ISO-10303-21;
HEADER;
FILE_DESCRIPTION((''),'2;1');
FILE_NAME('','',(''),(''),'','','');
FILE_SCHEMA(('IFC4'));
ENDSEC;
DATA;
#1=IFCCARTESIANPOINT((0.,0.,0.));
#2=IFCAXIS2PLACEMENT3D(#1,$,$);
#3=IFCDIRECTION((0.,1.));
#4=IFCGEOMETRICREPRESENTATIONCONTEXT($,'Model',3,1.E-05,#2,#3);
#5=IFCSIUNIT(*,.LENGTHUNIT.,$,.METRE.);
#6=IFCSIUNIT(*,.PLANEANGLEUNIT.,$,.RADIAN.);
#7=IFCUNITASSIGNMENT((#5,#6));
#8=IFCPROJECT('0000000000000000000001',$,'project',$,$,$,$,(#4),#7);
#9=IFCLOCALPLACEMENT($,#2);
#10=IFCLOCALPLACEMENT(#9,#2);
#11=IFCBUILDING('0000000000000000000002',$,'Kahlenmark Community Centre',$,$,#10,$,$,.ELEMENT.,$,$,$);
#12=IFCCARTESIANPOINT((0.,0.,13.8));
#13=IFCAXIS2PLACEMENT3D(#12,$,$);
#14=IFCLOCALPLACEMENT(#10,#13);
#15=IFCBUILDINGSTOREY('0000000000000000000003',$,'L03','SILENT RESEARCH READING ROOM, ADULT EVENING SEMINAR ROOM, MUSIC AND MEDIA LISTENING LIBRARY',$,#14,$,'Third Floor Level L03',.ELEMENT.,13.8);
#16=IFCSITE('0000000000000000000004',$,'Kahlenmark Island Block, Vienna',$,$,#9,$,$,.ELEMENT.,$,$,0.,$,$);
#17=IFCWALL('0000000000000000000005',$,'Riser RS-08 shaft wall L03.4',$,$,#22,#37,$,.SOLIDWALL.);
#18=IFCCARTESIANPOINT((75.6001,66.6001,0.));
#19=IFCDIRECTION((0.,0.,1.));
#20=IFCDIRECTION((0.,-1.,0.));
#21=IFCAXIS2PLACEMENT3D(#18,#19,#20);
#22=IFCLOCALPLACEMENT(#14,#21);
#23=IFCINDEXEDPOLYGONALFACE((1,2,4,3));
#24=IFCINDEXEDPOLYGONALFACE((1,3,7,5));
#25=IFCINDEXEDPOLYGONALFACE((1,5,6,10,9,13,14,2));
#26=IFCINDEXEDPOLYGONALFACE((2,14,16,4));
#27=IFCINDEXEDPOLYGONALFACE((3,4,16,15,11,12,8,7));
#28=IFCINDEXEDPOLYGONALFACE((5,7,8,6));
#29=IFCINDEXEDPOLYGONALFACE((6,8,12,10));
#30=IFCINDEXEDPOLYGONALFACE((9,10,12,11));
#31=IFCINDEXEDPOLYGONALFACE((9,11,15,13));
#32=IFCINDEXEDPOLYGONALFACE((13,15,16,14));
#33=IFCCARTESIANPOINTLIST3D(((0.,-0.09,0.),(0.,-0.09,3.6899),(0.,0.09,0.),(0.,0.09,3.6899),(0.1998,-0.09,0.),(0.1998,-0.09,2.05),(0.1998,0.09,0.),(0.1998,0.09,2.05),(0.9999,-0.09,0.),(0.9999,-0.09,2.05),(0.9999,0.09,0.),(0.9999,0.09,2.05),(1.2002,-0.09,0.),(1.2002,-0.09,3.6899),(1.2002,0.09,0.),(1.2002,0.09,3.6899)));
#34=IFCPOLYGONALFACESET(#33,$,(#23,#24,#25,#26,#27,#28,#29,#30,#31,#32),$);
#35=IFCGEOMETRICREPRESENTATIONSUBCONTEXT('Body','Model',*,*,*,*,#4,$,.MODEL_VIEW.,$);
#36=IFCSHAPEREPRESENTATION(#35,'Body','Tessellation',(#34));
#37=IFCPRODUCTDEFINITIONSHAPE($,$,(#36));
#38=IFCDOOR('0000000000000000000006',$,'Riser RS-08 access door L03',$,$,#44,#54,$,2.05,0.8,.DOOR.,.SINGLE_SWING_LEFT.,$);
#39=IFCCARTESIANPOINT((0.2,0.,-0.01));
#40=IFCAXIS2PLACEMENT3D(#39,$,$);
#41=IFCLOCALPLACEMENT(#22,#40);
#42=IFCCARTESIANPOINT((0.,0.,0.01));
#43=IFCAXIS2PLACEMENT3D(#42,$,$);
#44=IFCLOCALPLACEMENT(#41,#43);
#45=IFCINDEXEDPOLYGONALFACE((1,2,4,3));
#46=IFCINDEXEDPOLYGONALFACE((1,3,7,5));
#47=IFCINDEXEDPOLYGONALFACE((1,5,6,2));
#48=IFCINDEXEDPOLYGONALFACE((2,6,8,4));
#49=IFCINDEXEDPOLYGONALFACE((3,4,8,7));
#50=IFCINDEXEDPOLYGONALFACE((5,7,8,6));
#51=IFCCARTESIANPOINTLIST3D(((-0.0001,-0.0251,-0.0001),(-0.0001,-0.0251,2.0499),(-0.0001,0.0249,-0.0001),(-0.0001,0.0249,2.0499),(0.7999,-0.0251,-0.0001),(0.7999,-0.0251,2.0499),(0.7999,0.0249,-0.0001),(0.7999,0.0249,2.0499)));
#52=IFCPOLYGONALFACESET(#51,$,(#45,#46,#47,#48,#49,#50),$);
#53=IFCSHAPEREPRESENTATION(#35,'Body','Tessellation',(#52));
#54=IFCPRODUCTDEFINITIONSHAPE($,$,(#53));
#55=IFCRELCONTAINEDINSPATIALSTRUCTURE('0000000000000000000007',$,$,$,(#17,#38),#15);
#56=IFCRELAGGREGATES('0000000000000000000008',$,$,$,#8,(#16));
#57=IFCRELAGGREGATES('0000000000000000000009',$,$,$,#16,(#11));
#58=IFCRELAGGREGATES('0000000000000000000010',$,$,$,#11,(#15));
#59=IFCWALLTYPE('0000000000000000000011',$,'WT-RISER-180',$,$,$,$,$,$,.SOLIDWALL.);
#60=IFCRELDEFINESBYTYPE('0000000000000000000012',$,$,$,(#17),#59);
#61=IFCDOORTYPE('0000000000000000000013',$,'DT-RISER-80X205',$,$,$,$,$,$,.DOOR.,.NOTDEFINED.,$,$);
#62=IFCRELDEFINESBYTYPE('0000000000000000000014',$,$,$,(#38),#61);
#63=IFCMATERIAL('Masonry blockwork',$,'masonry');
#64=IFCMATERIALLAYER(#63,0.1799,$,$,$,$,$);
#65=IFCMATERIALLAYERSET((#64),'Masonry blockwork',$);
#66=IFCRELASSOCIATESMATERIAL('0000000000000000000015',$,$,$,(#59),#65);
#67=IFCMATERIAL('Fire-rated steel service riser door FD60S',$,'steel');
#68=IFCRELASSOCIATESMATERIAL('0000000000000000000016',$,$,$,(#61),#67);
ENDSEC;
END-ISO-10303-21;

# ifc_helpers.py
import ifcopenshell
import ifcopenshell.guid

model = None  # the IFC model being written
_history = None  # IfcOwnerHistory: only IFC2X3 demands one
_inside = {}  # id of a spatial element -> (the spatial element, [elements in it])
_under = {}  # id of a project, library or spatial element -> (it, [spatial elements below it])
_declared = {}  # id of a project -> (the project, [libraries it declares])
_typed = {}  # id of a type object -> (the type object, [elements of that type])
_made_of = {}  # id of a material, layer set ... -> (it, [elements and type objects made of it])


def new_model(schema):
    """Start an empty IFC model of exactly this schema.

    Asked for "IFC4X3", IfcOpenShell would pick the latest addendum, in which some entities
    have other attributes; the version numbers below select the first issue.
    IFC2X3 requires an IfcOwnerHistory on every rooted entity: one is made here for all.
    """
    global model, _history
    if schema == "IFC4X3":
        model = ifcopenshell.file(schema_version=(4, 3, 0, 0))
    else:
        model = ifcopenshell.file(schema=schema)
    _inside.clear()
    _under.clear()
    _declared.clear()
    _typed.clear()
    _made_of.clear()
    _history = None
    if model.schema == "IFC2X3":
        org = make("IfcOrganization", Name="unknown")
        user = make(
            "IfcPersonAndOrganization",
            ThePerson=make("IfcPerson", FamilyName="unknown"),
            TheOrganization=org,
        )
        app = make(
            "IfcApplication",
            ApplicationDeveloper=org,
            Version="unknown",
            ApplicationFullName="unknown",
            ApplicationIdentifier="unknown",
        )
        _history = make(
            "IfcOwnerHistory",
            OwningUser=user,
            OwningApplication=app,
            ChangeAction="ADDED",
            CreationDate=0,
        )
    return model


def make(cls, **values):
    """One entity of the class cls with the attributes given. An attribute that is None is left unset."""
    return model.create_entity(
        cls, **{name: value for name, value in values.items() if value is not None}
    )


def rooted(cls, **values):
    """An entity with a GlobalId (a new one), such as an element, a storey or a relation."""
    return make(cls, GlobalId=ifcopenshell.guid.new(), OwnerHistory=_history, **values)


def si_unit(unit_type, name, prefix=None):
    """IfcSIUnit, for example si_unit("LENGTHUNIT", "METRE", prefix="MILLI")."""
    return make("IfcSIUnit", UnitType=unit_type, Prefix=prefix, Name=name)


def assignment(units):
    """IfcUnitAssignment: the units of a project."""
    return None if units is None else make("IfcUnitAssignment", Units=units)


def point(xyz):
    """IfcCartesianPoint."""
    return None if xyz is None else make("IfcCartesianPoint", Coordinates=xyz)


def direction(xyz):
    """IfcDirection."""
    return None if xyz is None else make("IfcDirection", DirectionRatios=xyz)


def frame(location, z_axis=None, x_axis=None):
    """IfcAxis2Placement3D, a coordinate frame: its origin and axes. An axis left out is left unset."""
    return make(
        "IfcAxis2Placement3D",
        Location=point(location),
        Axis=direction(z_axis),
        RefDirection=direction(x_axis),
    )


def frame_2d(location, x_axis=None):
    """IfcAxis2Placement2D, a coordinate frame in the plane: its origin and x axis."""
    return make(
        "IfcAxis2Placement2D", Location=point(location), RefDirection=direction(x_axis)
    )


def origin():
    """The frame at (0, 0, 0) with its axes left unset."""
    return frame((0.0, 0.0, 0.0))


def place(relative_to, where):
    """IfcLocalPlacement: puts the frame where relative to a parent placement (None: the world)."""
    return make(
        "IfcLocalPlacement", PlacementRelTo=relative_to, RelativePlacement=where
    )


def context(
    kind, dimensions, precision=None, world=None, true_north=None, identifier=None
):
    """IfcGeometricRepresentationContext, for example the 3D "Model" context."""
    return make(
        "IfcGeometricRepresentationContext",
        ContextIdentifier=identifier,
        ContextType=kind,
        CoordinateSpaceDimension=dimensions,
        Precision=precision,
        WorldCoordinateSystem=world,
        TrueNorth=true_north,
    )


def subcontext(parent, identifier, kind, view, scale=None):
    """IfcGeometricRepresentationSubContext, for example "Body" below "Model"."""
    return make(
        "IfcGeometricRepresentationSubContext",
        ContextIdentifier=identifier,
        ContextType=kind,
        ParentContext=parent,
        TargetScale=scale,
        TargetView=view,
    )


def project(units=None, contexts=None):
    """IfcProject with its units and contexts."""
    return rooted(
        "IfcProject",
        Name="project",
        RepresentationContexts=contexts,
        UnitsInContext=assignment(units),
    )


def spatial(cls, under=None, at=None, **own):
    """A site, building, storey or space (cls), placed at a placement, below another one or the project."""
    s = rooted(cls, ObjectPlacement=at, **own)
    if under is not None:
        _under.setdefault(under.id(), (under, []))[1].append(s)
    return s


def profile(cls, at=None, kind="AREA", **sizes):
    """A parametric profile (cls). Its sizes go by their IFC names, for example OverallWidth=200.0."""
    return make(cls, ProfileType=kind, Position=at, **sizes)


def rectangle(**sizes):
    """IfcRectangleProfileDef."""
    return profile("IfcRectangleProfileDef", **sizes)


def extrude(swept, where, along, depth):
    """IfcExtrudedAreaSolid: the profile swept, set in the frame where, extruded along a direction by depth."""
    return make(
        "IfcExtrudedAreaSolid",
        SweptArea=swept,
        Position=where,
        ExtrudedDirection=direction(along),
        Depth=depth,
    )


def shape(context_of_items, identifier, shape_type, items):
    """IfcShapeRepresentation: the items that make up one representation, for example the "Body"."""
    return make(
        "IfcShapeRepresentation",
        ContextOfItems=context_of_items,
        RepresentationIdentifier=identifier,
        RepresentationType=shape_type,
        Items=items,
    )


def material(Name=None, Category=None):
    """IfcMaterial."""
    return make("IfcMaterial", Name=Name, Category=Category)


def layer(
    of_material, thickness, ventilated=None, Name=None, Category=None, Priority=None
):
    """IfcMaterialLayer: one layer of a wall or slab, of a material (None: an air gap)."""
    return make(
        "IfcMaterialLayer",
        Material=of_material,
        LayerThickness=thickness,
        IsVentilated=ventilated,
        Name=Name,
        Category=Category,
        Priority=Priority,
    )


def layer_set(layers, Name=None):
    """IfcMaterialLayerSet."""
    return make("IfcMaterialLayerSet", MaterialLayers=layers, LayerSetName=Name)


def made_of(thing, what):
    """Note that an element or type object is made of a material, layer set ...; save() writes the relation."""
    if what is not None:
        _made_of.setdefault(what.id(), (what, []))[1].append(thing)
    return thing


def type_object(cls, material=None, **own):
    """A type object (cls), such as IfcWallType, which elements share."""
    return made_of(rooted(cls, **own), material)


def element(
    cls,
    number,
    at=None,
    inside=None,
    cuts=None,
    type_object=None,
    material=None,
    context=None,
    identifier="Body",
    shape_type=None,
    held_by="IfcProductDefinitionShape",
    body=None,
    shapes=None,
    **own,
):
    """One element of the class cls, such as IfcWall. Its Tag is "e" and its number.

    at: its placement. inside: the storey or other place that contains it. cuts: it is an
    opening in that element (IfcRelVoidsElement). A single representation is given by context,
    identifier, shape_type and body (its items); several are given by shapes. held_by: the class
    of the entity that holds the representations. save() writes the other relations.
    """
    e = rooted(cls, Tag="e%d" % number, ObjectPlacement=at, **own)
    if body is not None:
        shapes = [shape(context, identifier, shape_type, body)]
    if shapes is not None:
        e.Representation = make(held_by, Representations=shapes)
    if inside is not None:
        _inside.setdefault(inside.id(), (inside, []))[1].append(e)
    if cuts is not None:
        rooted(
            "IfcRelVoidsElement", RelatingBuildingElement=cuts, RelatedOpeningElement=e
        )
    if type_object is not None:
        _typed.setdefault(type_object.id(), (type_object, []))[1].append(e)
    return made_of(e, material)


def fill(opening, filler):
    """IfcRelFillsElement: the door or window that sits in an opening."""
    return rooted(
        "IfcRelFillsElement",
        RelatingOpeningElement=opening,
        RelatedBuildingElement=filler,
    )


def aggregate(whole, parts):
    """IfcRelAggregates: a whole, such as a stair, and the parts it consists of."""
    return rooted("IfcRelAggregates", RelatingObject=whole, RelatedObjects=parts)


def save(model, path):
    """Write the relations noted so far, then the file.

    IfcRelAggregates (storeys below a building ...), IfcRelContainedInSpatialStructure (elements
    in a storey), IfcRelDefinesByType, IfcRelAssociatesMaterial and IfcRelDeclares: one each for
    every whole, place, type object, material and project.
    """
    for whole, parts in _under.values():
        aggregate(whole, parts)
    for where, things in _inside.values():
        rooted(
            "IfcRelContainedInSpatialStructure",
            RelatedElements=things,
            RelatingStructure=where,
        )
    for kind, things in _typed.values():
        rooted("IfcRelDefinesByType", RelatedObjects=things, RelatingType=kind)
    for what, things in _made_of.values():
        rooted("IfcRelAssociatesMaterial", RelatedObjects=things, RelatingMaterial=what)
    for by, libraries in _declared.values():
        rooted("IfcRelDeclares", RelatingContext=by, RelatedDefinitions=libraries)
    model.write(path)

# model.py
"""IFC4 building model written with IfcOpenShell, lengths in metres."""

from ifc_helpers import new_model, si_unit, direction, frame, frame_2d, origin, place, context, subcontext, project, spatial, rectangle, extrude, material, layer, layer_set, type_object, element, fill, save


model = new_model("IFC4")

# Units and contexts
model_context = context("Model", 3, precision=1e-05, world=origin(), true_north=direction((0.0, 1.0)))
body_context = subcontext(model_context, "Body", "Model", "MODEL_VIEW")
ifc_project = project(units=[si_unit("LENGTHUNIT", "METRE"), si_unit("PLANEANGLEUNIT", "RADIAN")], contexts=[model_context])

# Site, building, storey
site_placement = place(None, origin())
site = spatial("IfcSite", under=ifc_project, at=site_placement, Name="Kahlenmark Island Block, Vienna", CompositionType="ELEMENT", RefElevation=0.0)
building_placement = place(site_placement, origin())
building = spatial("IfcBuilding", under=site, at=building_placement, Name="Kahlenmark Community Centre", CompositionType="ELEMENT")
storey_placement = place(building_placement, frame((0.0, 0.0, 13.8)))
storey = spatial("IfcBuildingStorey", under=building, at=storey_placement, Name="L03", Description="SILENT RESEARCH READING ROOM, ADULT EVENING SEMINAR ROOM, MUSIC AND MEDIA LISTENING LIBRARY", LongName="Third Floor Level L03", CompositionType="ELEMENT", Elevation=13.8)

# Shared definitions
ifc_material_1 = material(Name="Masonry blockwork", Category="masonry")
ifc_layer_1 = layer(ifc_material_1, 0.1799)
ifc_layer_set_1 = layer_set([ifc_layer_1], Name="Masonry blockwork")
wall_type_1 = type_object("IfcWallType", Name="WT-RISER-180", PredefinedType="SOLIDWALL", material=ifc_layer_set_1)

# Wall, opening, door
wall_1_placement = place(storey_placement, frame((75.6001, 66.6001, 0.0), z_axis=(0.0, 0.0, 1.0), x_axis=(0.0, -1.0, 0.0)))
wall_1 = element("IfcWall", 1, at=wall_1_placement, inside=storey, type_object=wall_type_1, Name="Riser RS-08 shaft wall L03.4", PredefinedType="SOLIDWALL", context=body_context, shape_type="SweptSolid", body=[
    extrude(rectangle(XDim=1.2002, YDim=0.1799, at=frame_2d((0.6001, 0.0))), origin(), (0.0, 0.0, 1.0), 3.6899),
])
opening_1_placement = place(wall_1_placement, frame((0.2, 0.0, -0.01)))
opening_1 = element("IfcOpeningElement", 2, at=opening_1_placement, cuts=wall_1, PredefinedType="OPENING", context=body_context, shape_type="SweptSolid", body=[
    extrude(rectangle(XDim=0.8, YDim=2.0601, at=frame_2d((0.3999, 1.03))), frame((0.0, 0.0999, 0.0), z_axis=(0.0, -1.0, 0.0), x_axis=(1.0, 0.0, 0.0)), (0.0, 0.0, 1.0), 0.2),
])
ifc_material_2 = material(Name="Fire-rated steel service riser door FD60S", Category="steel")
door_type_1 = type_object("IfcDoorType", Name="DT-RISER-80X205", OperationType="NOTDEFINED", PredefinedType="DOOR", material=ifc_material_2)
door_1_placement = place(opening_1_placement, frame((0.0, 0.0, 0.01)))
door_1 = element("IfcDoor", 3, at=door_1_placement, inside=storey, type_object=door_type_1, Name="Riser RS-08 access door L03", OperationType="SINGLE_SWING_LEFT", OverallHeight=2.05, OverallWidth=0.8, PredefinedType="DOOR", context=body_context, shape_type="SweptSolid", body=[
    extrude(rectangle(XDim=0.8, YDim=2.05, at=frame_2d((0.3999, 1.0249))), frame((0.0, 0.0249, 0.0), z_axis=(0.0, -1.0, 0.0), x_axis=(1.0, 0.0, 0.0)), (0.0, 0.0, 1.0), 0.05),
])
fill(opening_1, door_1)

save(model, "model.ifc")
